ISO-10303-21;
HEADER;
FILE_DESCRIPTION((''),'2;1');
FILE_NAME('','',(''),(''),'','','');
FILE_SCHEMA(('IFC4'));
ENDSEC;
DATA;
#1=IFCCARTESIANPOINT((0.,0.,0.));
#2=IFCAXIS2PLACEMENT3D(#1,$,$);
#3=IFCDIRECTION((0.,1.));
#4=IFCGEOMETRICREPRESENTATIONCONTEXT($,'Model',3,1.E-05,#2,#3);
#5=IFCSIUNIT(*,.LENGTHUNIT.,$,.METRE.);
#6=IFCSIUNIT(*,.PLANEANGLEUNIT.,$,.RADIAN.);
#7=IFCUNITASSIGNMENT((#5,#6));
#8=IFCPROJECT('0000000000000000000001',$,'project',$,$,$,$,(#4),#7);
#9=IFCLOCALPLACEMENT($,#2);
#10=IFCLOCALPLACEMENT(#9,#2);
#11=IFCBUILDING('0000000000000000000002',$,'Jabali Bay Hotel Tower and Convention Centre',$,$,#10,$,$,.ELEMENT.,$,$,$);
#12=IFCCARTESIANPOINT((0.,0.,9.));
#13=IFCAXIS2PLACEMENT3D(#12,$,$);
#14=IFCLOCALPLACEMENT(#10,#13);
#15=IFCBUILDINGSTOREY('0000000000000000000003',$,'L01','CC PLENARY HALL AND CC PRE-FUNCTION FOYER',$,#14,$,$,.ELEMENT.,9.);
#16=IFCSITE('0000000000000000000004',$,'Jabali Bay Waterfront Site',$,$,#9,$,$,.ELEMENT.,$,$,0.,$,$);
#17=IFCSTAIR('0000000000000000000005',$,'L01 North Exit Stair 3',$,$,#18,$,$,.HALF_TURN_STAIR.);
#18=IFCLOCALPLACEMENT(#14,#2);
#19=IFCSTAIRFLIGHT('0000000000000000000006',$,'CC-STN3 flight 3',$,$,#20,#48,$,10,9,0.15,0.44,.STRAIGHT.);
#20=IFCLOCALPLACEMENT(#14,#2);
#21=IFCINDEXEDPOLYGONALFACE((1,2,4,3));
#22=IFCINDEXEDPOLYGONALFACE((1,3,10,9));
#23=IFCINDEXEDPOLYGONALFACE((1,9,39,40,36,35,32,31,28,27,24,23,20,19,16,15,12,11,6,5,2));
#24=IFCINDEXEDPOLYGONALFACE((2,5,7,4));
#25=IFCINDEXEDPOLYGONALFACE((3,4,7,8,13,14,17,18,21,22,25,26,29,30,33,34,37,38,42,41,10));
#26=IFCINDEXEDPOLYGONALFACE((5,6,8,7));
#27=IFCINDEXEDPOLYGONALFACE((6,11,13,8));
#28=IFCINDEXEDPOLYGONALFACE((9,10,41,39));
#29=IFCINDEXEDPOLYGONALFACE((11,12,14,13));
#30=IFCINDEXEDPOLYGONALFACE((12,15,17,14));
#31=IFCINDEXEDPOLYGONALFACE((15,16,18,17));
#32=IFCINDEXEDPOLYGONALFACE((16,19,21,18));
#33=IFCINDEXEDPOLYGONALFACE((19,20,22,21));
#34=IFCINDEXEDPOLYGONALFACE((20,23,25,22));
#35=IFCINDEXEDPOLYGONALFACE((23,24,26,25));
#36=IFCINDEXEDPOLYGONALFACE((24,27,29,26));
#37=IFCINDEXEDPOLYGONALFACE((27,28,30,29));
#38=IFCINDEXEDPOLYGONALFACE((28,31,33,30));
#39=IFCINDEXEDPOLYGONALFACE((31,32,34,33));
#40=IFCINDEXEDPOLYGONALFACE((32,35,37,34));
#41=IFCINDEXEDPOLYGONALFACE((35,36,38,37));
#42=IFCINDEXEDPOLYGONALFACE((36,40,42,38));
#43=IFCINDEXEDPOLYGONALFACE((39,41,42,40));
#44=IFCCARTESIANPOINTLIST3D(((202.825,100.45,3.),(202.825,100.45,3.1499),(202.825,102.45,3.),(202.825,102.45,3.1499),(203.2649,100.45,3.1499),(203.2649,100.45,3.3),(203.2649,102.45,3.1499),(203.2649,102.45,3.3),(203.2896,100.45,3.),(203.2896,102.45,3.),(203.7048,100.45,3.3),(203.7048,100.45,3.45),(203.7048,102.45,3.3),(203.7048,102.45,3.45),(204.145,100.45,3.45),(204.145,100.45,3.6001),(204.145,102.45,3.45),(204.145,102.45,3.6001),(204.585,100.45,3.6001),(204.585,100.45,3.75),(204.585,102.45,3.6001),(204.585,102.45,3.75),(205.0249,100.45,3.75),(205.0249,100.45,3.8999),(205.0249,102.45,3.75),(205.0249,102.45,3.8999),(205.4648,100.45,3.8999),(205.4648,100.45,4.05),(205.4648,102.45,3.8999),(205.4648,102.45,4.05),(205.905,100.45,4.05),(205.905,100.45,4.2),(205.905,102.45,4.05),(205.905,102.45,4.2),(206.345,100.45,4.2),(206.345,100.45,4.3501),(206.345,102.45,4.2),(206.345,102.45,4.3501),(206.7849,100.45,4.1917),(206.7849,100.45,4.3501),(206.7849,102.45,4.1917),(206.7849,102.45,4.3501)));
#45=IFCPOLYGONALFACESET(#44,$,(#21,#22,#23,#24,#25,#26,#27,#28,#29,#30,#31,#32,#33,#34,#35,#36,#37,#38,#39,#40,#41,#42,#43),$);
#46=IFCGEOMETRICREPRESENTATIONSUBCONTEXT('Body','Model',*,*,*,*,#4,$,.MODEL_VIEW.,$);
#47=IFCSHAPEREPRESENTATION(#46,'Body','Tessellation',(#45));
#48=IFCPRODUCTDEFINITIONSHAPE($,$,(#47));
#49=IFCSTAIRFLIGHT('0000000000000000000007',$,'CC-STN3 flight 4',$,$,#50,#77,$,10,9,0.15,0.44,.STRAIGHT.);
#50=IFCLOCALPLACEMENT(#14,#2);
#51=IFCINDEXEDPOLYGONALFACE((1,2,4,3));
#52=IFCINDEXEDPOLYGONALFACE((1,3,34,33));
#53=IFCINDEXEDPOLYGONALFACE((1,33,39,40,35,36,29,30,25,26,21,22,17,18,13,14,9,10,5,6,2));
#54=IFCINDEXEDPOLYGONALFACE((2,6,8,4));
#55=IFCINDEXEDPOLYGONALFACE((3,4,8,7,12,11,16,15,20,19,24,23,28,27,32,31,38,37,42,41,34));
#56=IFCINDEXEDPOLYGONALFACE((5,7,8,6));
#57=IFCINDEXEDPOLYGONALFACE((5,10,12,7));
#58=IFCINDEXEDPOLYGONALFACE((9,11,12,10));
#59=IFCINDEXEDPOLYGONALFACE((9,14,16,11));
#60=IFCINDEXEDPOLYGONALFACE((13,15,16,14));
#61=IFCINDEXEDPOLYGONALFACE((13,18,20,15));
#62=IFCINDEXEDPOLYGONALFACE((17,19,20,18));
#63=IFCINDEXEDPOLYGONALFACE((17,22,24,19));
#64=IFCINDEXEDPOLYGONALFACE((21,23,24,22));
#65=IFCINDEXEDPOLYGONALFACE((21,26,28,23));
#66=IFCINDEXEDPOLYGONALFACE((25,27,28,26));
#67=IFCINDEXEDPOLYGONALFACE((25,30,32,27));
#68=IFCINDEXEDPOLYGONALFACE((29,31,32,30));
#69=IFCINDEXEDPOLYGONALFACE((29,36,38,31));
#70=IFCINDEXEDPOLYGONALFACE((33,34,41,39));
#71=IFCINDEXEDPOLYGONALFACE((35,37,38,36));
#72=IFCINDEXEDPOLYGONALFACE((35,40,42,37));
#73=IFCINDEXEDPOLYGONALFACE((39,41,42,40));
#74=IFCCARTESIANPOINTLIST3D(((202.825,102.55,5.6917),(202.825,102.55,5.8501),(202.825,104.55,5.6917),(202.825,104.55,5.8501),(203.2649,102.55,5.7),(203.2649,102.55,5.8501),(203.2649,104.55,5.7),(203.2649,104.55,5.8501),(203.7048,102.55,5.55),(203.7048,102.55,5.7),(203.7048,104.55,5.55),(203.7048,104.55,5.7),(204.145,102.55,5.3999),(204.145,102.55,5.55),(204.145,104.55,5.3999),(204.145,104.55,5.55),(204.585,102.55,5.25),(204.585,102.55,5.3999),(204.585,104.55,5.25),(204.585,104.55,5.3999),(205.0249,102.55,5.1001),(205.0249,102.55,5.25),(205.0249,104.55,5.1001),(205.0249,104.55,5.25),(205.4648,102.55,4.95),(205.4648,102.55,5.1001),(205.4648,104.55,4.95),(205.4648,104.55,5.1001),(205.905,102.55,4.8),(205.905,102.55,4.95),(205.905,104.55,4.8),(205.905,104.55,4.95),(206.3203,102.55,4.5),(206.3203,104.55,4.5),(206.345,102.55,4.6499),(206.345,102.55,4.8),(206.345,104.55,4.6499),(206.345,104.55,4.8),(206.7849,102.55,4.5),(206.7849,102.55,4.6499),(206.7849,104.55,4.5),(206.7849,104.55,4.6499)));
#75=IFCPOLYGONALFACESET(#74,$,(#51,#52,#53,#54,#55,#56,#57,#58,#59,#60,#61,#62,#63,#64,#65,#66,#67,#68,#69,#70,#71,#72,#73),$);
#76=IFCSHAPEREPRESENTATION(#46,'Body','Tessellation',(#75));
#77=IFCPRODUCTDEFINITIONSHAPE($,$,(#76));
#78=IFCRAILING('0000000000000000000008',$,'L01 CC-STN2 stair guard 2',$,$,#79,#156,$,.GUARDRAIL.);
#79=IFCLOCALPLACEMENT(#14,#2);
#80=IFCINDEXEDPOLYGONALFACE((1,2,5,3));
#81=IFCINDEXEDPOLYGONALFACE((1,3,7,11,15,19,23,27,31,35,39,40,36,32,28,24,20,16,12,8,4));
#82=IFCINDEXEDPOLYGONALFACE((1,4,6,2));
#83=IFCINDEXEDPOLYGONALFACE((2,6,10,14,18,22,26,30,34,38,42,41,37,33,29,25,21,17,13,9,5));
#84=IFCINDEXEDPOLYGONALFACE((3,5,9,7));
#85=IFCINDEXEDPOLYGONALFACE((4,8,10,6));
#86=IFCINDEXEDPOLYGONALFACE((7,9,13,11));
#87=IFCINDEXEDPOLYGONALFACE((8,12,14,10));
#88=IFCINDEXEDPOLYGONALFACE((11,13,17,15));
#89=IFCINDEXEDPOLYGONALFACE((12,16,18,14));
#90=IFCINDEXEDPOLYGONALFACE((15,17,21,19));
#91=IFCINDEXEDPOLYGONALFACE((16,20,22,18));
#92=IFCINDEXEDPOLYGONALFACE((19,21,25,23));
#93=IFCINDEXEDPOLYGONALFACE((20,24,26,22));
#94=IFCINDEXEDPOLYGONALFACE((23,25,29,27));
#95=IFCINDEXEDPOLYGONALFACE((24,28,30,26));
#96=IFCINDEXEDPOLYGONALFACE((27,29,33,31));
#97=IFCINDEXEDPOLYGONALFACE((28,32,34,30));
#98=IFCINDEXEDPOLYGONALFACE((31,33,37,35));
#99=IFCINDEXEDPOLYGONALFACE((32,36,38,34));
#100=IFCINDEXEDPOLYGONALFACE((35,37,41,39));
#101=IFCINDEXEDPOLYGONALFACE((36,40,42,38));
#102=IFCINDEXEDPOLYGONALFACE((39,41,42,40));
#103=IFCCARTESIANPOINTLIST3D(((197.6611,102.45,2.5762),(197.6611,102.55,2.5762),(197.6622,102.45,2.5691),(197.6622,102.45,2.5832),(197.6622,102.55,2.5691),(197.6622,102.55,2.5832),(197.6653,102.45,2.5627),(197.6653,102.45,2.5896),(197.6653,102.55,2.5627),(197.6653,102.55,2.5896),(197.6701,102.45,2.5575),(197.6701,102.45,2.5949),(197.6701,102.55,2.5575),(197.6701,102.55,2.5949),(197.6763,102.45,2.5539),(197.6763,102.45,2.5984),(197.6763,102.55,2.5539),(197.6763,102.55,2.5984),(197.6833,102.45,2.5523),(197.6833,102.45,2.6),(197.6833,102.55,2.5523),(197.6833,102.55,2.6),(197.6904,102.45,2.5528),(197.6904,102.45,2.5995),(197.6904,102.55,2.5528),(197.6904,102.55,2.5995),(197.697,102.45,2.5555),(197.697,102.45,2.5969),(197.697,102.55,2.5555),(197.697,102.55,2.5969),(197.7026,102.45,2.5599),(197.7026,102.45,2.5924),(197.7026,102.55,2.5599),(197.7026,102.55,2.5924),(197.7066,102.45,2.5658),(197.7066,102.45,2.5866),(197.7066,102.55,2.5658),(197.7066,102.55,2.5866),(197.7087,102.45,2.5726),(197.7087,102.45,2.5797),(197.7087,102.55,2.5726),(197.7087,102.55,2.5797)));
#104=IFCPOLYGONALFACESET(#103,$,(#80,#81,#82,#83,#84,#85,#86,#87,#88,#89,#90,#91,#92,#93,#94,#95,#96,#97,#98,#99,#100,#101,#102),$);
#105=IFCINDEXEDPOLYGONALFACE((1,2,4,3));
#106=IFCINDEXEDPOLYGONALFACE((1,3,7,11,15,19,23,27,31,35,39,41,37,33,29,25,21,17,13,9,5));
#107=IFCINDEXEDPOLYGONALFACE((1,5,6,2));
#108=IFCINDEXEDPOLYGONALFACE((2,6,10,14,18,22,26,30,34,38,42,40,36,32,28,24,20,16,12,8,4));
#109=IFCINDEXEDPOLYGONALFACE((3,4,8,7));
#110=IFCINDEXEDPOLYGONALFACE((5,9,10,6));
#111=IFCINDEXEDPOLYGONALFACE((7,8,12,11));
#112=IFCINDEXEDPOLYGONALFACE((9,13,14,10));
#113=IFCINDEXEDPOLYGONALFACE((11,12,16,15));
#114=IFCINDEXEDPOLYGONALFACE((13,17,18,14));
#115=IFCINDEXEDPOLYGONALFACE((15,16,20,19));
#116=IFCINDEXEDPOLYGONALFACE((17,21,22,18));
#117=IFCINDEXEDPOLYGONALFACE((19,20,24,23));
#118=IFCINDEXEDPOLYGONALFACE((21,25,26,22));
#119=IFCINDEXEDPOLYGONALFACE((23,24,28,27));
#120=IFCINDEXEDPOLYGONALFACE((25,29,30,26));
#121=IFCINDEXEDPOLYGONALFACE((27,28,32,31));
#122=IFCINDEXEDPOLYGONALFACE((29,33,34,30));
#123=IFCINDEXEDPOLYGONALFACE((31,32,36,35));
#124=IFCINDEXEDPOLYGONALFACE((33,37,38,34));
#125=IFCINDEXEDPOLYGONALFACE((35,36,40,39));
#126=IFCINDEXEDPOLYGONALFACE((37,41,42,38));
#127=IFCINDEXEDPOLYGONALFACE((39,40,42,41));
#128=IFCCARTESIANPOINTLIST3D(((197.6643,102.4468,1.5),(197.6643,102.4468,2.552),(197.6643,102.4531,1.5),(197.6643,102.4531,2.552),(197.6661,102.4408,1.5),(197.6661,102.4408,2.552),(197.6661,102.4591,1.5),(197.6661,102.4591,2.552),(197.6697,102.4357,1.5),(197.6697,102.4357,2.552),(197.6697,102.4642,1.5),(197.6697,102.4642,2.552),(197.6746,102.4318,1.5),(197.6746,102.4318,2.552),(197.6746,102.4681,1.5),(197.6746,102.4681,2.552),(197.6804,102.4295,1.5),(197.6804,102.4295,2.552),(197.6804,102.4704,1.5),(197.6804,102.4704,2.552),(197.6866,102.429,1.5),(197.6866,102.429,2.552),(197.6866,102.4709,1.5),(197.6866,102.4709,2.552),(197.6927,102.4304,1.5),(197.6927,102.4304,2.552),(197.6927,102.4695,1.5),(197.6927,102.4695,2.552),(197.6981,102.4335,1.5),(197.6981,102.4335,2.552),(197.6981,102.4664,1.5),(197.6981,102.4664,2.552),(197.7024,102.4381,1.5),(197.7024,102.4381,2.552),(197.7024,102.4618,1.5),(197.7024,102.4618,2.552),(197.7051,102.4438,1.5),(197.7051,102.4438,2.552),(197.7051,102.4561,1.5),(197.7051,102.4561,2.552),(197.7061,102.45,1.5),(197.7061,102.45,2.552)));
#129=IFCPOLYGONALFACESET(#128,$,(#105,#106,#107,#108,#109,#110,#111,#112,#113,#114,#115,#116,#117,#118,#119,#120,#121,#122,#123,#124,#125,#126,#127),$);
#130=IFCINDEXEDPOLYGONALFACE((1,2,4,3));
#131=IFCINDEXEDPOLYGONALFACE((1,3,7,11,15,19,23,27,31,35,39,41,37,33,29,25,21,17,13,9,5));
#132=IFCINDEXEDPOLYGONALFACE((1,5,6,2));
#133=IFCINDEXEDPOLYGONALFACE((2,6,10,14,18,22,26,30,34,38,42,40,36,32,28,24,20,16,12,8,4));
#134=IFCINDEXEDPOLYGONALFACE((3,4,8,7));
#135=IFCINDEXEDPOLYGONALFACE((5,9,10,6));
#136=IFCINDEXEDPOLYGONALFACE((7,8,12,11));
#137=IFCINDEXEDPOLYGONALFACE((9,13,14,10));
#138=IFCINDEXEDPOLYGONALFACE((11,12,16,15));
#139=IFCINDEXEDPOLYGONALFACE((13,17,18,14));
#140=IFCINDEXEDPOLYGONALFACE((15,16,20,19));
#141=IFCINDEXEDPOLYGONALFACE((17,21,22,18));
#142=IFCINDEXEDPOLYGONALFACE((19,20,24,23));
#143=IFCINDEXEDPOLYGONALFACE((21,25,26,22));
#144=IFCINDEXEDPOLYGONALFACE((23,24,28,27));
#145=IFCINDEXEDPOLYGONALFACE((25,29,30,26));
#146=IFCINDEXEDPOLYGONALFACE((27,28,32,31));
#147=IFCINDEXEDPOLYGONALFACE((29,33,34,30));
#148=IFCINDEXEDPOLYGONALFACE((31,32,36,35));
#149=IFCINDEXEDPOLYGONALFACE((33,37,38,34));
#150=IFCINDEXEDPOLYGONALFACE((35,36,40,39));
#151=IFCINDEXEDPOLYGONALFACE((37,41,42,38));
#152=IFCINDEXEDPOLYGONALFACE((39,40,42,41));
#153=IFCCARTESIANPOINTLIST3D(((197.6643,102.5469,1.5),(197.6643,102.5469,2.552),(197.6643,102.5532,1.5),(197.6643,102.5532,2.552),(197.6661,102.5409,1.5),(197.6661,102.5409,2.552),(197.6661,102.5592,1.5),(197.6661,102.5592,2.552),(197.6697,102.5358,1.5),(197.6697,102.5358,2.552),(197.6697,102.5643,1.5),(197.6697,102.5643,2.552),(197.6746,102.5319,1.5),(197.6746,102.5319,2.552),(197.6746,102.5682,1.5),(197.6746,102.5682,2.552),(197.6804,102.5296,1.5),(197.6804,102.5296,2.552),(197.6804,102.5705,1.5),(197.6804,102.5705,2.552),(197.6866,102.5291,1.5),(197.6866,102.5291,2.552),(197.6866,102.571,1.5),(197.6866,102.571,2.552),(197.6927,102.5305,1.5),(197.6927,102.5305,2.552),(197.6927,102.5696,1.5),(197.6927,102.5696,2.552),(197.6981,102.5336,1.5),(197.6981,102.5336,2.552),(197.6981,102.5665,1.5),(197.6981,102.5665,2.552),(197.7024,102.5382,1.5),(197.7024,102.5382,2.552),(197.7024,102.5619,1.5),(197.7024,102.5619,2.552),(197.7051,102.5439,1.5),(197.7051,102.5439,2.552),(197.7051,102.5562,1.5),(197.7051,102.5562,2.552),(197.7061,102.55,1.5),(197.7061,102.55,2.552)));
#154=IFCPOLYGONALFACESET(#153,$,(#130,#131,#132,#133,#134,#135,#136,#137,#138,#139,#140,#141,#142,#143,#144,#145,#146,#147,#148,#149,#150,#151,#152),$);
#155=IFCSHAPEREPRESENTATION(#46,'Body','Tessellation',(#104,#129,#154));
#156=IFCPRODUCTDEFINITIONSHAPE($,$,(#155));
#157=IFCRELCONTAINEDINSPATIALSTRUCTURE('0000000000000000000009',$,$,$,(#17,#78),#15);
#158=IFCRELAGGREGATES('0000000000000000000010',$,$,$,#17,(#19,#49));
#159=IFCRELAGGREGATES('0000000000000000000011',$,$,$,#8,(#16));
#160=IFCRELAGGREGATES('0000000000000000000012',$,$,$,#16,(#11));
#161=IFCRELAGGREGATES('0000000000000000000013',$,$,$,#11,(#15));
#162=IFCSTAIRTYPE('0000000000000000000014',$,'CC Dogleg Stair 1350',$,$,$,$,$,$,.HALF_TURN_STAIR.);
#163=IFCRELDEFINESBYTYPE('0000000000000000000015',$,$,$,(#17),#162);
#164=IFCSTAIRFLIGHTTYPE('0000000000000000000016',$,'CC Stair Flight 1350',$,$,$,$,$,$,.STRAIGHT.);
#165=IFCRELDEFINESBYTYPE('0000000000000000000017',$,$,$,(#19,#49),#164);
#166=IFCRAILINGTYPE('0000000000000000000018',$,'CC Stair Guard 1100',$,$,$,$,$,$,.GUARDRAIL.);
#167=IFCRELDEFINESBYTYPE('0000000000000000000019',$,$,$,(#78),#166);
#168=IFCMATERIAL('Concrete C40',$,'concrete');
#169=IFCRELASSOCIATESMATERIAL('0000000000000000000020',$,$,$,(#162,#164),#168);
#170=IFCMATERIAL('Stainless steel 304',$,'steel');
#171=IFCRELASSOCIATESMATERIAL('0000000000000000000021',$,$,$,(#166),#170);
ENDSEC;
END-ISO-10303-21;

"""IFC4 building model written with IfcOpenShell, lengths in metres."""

from ifc_helpers import new_model, si_unit, direction, frame, origin, origin_2d, place, context, subcontext, project, spatial, polyline, circle, outline, extrude, material, type_object, element, aggregate, save


model = new_model("IFC4")

# Units and contexts
model_context = context("Model", 3, precision=1e-05, world=origin(), true_north=direction((0.0, 1.0)))
body_context = subcontext(model_context, "Body", "Model", "MODEL_VIEW")
ifc_project = project(units=[si_unit("LENGTHUNIT", "METRE"), si_unit("PLANEANGLEUNIT", "RADIAN")], contexts=[model_context])

# Site, building, storey
site_placement = place(None, origin())
site = spatial("IfcSite", under=ifc_project, at=site_placement, Name="Jabali Bay Waterfront Site", CompositionType="ELEMENT", RefElevation=0.0)
building_placement = place(site_placement, origin())
building = spatial("IfcBuilding", under=site, at=building_placement, Name="Jabali Bay Hotel Tower and Convention Centre", CompositionType="ELEMENT")
storey_placement = place(building_placement, frame((0.0, 0.0, 9.0)))
storey = spatial("IfcBuildingStorey", under=building, at=storey_placement, Name="L01", Description="CC PLENARY HALL AND CC PRE-FUNCTION FOYER", CompositionType="ELEMENT", Elevation=9.0)

# Shared definitions
ifc_material_1 = material(Name="Concrete C40", Category="concrete")

# Stair, stair flights
stair_type = type_object("IfcStairType", Name="CC Dogleg Stair 1350", PredefinedType="HALF_TURN_STAIR", material=ifc_material_1)
stair_placement = place(storey_placement, origin())
stair = element("IfcStair", 1, at=stair_placement, inside=storey, type_object=stair_type, Name="L01 North Exit Stair 3", PredefinedType="HALF_TURN_STAIR")
stair_flight_type = type_object("IfcStairFlightType", Name="CC Stair Flight 1350", PredefinedType="STRAIGHT", material=ifc_material_1)
stair_flight_1_placement = place(storey_placement, frame((202.825, 101.45, 3.0), z_axis=(0.0, 0.0, 1.0), x_axis=(1.0, 0.0, 0.0)))
stair_flight_1 = element("IfcStairFlight", 2, at=stair_flight_1_placement, type_object=stair_flight_type, Name="CC-STN3 flight 3", NumberOfRisers=10, NumberOfTreads=9, PredefinedType="STRAIGHT", RiserHeight=0.15, TreadLength=0.44, context=body_context, shape_type="SweptSolid", body=[
    extrude(outline(polyline([(0.0, 0.0), (0.0, 0.1499), (0.4399, 0.1499), (0.4399, 0.3), (0.8799, 0.3), (0.8799, 0.45), (1.3201, 0.45), (1.3201, 0.6001), (1.76, 0.6001), (1.76, 0.75), (2.2, 0.75), (2.2, 0.8999), (2.6399, 0.8999), (2.6399, 1.05), (3.0801, 1.05), (3.0801, 1.2), (3.52, 1.2), (3.52, 1.3501), (3.96, 1.3501), (3.96, 1.5), (3.96, 1.1917), (0.4646, 0.0), (0.0, 0.0)])), frame((0.0, 1.0, 0.0), z_axis=(0.0, -1.0, 0.0), x_axis=(1.0, 0.0, 0.0)), (0.0, 0.0, 1.0), 2.0),
])
stair_flight_2_placement = place(storey_placement, frame((206.7849, 103.55, 4.5), z_axis=(0.0, 0.0, 1.0), x_axis=(-1.0, 0.0, 0.0)))
stair_flight_2 = element("IfcStairFlight", 3, at=stair_flight_2_placement, type_object=stair_flight_type, Name="CC-STN3 flight 4", NumberOfRisers=10, NumberOfTreads=9, PredefinedType="STRAIGHT", RiserHeight=0.15, TreadLength=0.44, context=body_context, shape_type="SweptSolid", body=[
    extrude(outline(polyline([(0.0, 0.0), (0.0, 0.1499), (0.4399, 0.1499), (0.4399, 0.3), (0.8799, 0.3), (0.8799, 0.45), (1.3201, 0.45), (1.3201, 0.6001), (1.76, 0.6001), (1.76, 0.75), (2.2, 0.75), (2.2, 0.8999), (2.6399, 0.8999), (2.6399, 1.05), (3.0801, 1.05), (3.0801, 1.2), (3.52, 1.2), (3.52, 1.3501), (3.96, 1.3501), (3.96, 1.5), (3.96, 1.1917), (0.4646, 0.0), (0.0, 0.0)])), frame((0.0, 1.0, 0.0), z_axis=(0.0, -1.0, 0.0), x_axis=(1.0, 0.0, 0.0)), (0.0, 0.0, 1.0), 2.0),
])
aggregate(stair, [stair_flight_1, stair_flight_2])

# Railing
ifc_material_2 = material(Name="Stainless steel 304", Category="steel")
railing_type_1 = type_object("IfcRailingType", Name="CC Stair Guard 1100", PredefinedType="GUARDRAIL", material=ifc_material_2)
for number, where, name in (
    (4, (197.6851, 102.45, 1.5), "L01 CC-STN2 stair guard 2"),
):
    element("IfcRailing", number, at=place(storey_placement, frame(where)), inside=storey, type_object=railing_type_1, Name=name, PredefinedType="GUARDRAIL", context=body_context, shape_type="SweptSolid", body=[
        extrude(circle(Radius=0.0239, at=origin_2d()), frame((0.0, 0.0, 1.0762), z_axis=(0.0, 1.0, 0.0), x_axis=(-1.0, 0.0, 0.0)), (0.0, 0.0, 1.0), 0.1001),
        extrude(circle(Radius=0.021, at=origin_2d()), origin(), (0.0, 0.0, 1.0), 1.052),
        extrude(circle(Radius=0.021, at=origin_2d()), frame((0.0, 0.1001, 0.0)), (0.0, 0.0, 1.0), 1.052),
    ])

save(model, "model.ifc")
